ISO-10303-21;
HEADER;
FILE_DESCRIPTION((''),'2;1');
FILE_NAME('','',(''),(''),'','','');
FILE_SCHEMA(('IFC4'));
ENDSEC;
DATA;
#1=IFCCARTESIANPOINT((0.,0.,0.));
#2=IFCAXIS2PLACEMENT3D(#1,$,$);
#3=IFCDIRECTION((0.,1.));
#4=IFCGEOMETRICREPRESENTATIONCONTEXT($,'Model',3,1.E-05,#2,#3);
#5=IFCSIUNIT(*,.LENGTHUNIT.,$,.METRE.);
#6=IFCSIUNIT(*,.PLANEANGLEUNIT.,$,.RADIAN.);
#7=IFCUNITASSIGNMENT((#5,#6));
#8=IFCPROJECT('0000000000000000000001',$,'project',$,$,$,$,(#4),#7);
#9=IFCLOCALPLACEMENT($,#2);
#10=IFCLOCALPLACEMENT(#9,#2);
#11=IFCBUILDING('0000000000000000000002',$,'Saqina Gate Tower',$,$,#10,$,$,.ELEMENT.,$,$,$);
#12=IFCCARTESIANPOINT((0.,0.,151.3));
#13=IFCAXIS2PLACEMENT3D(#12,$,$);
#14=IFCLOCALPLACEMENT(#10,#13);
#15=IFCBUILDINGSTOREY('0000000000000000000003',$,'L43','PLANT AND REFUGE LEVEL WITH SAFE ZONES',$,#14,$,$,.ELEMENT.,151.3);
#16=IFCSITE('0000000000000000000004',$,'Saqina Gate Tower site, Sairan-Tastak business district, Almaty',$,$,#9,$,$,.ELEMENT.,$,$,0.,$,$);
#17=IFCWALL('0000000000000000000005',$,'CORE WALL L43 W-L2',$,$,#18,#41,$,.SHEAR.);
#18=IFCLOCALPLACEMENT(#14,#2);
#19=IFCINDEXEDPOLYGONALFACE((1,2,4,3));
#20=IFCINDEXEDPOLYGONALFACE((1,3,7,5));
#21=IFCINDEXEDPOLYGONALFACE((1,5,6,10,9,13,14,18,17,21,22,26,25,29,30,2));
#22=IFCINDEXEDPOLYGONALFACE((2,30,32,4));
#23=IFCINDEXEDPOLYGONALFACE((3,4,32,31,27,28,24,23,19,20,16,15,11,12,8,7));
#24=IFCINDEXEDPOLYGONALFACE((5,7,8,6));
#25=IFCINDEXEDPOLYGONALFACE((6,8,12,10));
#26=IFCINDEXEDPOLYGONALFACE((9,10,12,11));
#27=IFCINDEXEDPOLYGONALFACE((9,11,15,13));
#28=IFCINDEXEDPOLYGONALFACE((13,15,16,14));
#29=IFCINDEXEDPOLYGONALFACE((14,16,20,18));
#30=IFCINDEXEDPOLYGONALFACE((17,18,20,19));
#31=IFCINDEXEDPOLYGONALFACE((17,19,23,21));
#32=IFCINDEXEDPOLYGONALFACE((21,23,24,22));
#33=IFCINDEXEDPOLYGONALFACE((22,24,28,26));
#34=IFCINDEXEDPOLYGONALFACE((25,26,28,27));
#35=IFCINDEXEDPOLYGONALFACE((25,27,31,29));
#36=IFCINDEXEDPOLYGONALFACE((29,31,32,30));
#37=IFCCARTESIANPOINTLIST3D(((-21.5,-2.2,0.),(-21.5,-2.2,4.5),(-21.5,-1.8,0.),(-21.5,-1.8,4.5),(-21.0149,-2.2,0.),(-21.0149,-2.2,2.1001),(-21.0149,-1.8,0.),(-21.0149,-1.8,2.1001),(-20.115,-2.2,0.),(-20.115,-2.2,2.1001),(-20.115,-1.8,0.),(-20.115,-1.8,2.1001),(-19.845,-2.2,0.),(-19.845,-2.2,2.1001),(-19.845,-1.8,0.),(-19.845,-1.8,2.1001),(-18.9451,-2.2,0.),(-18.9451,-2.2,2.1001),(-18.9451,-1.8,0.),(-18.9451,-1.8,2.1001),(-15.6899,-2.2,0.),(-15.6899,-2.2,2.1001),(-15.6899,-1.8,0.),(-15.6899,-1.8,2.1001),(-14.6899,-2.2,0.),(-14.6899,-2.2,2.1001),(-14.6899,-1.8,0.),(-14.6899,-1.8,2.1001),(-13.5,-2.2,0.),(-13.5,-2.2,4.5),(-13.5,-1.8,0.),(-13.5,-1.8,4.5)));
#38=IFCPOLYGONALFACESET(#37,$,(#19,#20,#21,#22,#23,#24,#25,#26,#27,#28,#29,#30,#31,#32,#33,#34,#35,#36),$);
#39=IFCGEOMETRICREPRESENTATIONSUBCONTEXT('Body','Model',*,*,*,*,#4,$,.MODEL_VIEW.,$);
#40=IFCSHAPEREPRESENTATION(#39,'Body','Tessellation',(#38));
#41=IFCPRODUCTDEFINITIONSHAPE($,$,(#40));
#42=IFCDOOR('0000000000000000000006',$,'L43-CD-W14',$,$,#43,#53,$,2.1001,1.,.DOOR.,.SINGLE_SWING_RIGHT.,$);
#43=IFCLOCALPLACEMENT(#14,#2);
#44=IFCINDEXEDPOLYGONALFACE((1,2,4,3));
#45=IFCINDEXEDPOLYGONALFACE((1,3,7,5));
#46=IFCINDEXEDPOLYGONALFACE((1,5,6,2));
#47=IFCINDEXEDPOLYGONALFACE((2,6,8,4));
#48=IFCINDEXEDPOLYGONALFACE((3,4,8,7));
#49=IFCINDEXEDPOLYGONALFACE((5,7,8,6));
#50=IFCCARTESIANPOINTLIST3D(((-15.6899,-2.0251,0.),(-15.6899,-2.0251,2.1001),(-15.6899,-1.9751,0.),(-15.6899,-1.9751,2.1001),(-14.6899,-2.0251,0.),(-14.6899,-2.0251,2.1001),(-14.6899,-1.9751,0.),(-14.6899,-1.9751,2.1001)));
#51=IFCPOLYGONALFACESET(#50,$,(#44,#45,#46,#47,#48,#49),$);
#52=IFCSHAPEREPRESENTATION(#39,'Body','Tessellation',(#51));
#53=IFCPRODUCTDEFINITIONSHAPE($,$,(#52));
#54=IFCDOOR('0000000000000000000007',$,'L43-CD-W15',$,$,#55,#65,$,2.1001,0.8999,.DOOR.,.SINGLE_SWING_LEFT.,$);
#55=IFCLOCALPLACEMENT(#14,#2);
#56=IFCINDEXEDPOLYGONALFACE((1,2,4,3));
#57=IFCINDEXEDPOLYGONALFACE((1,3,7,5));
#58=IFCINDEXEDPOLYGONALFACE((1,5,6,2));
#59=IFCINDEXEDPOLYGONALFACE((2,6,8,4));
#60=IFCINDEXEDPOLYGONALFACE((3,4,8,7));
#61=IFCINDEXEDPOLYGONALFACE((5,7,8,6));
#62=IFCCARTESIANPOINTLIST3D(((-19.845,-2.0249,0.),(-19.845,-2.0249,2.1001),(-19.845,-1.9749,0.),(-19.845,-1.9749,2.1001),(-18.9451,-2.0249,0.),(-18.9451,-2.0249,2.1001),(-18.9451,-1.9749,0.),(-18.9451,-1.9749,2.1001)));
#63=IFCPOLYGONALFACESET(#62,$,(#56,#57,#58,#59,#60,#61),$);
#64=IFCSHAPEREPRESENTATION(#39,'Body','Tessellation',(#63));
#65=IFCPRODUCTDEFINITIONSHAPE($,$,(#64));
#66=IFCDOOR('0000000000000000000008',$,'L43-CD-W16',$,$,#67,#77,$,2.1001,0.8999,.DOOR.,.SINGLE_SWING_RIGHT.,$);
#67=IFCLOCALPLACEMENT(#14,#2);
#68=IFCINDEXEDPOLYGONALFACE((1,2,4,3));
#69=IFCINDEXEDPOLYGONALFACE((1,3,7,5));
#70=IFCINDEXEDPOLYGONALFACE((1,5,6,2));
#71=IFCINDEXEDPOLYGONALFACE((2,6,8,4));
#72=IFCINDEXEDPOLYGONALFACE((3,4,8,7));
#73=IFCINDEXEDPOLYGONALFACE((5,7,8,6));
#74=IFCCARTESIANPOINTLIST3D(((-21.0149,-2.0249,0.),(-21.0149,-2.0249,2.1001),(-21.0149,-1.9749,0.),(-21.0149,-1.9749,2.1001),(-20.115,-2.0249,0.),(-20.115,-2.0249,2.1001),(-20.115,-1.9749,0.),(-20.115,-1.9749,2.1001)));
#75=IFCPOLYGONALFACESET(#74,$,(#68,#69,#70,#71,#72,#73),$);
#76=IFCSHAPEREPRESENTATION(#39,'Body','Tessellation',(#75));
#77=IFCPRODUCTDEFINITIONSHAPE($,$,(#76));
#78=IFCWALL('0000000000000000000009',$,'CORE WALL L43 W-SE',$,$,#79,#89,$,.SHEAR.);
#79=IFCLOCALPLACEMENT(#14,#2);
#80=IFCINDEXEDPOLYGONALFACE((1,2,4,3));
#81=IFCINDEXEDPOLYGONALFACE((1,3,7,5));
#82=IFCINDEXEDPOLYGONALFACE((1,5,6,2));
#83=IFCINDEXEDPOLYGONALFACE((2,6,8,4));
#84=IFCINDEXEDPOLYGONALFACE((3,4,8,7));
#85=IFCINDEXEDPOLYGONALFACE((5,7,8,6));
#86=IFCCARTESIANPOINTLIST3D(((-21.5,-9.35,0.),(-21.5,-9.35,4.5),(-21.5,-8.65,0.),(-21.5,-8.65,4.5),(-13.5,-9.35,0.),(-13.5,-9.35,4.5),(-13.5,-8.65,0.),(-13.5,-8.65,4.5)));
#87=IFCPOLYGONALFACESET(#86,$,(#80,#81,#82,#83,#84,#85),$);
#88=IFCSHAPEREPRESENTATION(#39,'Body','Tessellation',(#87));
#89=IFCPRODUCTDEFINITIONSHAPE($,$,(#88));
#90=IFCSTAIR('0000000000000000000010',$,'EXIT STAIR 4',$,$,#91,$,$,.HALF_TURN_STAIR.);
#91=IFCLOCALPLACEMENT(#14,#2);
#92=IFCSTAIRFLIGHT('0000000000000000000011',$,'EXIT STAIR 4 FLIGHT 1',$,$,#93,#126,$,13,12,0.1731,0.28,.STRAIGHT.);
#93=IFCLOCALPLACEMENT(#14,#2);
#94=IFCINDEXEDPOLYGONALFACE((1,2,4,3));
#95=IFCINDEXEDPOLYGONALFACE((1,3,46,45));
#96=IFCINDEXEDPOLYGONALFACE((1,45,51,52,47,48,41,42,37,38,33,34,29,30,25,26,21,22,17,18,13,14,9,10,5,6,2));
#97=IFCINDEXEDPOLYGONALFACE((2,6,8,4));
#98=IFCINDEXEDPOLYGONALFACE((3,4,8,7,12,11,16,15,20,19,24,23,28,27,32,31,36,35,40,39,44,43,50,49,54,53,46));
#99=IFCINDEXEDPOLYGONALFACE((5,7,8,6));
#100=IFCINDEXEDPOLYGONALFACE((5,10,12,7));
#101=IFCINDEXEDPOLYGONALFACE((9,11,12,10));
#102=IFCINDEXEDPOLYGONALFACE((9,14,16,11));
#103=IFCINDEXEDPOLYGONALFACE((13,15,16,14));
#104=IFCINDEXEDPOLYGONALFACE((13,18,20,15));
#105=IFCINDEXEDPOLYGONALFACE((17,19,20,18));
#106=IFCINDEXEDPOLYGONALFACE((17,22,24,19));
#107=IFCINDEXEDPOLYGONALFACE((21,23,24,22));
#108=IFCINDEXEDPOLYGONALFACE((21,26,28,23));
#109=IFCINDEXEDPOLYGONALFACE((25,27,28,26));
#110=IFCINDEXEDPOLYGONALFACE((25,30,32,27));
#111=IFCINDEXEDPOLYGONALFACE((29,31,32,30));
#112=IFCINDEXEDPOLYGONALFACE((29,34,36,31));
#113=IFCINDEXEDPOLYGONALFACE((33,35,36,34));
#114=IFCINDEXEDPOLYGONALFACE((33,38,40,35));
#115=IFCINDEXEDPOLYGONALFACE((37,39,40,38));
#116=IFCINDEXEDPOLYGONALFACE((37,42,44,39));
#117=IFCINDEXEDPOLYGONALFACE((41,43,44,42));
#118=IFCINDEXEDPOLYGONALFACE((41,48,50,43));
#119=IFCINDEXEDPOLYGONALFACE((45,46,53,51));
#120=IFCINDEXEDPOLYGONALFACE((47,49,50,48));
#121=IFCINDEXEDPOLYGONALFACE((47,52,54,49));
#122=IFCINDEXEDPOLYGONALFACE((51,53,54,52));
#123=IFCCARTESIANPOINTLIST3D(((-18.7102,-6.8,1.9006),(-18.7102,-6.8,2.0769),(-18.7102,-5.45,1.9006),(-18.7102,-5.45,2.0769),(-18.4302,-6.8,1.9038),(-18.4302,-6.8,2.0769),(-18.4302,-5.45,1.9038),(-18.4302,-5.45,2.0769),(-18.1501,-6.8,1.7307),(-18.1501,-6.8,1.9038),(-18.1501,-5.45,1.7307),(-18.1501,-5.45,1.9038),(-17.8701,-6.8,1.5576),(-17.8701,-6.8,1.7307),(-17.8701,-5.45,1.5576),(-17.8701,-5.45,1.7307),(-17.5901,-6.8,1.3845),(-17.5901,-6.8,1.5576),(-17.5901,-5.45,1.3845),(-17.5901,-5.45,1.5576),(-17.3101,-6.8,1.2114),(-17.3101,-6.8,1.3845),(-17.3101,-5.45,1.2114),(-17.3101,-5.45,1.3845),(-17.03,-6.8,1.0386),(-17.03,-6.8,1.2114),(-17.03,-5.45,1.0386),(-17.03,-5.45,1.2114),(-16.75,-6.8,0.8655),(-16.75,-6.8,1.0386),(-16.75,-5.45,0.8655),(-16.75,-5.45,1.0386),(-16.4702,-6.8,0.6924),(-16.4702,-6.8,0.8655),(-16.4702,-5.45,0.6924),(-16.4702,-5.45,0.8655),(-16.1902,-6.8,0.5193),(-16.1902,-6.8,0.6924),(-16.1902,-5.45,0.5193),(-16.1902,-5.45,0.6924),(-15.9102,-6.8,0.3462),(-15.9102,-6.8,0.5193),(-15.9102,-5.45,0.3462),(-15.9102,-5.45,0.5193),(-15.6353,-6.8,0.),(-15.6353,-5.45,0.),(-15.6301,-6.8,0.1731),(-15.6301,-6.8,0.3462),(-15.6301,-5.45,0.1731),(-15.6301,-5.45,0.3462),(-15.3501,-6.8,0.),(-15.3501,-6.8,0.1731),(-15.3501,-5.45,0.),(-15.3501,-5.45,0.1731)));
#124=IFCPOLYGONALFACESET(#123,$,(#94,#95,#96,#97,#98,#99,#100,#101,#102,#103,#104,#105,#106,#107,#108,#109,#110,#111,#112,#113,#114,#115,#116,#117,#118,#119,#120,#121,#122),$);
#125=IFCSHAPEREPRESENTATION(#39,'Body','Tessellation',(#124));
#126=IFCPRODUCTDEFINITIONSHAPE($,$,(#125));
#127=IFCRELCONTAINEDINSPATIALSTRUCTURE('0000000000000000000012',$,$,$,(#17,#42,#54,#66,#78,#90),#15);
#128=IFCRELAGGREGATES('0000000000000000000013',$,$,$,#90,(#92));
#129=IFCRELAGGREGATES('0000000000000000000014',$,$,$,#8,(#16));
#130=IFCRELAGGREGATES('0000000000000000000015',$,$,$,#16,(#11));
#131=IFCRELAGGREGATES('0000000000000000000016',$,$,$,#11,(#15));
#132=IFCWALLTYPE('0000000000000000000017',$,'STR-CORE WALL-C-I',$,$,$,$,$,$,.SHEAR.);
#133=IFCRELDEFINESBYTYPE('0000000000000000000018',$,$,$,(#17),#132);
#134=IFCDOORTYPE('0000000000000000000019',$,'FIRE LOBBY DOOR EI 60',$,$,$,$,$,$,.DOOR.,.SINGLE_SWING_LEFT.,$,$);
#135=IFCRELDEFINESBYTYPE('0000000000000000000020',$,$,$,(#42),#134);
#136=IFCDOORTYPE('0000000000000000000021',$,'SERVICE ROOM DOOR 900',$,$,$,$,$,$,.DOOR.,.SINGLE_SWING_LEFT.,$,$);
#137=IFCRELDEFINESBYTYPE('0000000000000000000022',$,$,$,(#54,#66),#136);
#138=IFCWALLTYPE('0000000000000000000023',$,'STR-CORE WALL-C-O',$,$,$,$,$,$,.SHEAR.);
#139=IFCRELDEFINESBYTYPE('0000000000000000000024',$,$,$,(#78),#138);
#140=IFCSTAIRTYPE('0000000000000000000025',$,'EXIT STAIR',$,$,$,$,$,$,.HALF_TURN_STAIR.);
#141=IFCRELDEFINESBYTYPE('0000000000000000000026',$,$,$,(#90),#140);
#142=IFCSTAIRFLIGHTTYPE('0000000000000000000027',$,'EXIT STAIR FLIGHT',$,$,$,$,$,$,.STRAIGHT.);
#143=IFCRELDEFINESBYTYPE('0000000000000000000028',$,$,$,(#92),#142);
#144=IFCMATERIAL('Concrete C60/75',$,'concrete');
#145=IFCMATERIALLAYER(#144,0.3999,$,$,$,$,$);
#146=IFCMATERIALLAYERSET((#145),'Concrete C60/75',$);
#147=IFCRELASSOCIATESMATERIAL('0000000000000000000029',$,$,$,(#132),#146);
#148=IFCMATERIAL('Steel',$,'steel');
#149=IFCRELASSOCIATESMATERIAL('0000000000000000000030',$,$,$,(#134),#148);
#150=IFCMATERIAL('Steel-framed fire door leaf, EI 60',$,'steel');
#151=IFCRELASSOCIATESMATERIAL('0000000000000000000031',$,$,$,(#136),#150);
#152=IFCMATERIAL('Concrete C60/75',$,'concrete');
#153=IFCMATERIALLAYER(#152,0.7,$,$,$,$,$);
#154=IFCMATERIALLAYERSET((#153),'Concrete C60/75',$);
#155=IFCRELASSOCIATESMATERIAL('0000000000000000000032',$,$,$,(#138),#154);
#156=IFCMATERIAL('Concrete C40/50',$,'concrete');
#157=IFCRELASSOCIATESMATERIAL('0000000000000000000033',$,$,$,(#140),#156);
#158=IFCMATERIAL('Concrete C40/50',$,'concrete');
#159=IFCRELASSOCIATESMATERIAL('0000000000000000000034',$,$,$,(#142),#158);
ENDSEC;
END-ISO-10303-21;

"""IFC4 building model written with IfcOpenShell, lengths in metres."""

from ifc_helpers import new_model, si_unit, direction, frame, frame_2d, origin, place, context, subcontext, project, spatial, polyline, rectangle, outline, extrude, material, layer, layer_set, type_object, element, fill, aggregate, save


model = new_model("IFC4")

# Units and contexts
model_context = context("Model", 3, precision=1e-05, world=origin(), true_north=direction((0.0, 1.0)))
body_context = subcontext(model_context, "Body", "Model", "MODEL_VIEW")
ifc_project = project(units=[si_unit("LENGTHUNIT", "METRE"), si_unit("PLANEANGLEUNIT", "RADIAN")], contexts=[model_context])

# Site, building, storey
site_placement = place(None, origin())
site = spatial("IfcSite", under=ifc_project, at=site_placement, Name="Saqina Gate Tower site, Sairan-Tastak business district, Almaty", CompositionType="ELEMENT", RefElevation=0.0)
building_placement = place(site_placement, origin())
building = spatial("IfcBuilding", under=site, at=building_placement, Name="Saqina Gate Tower", CompositionType="ELEMENT")
storey_placement = place(building_placement, frame((0.0, 0.0, 151.3)))
storey = spatial("IfcBuildingStorey", under=building, at=storey_placement, Name="L43", Description="PLANT AND REFUGE LEVEL WITH SAFE ZONES", CompositionType="ELEMENT", Elevation=151.3)

# Shared definitions
ifc_material_1 = material(Name="Concrete C60/75", Category="concrete")
ifc_layer_1 = layer(ifc_material_1, 0.3999)
ifc_layer_set_1 = layer_set([ifc_layer_1], Name="Concrete C60/75")
wall_type_1 = type_object("IfcWallType", Name="STR-CORE WALL-C-I", PredefinedType="SHEAR", material=ifc_layer_set_1)

# Wall, openings, doors
wall_1_placement = place(storey_placement, frame((-13.5, -2.0, 0.0), z_axis=(0.0, 0.0, 1.0), x_axis=(-1.0, 0.0, 0.0)))
wall_1 = element("IfcWall", 1, at=wall_1_placement, inside=storey, type_object=wall_type_1, Name="CORE WALL L43 W-L2", PredefinedType="SHEAR", context=body_context, shape_type="SweptSolid", body=[
    extrude(rectangle(XDim=8.0, YDim=0.3999, at=frame_2d((4.0, 0.0))), origin(), (0.0, 0.0, 1.0), 4.5),
])
opening_1_placement = place(wall_1_placement, frame((1.1899, 0.0, 0.0)))
opening_1 = element("IfcOpeningElement", 2, at=opening_1_placement, cuts=wall_1, PredefinedType="OPENING", context=body_context, shape_type="SweptSolid", body=[
    extrude(rectangle(XDim=1.0, YDim=2.1001, at=frame_2d((0.5, 1.05))), frame((0.0, 0.2119, 0.0), z_axis=(0.0, -1.0, 0.0), x_axis=(1.0, 0.0, 0.0)), (0.0, 0.0, 1.0), 0.4238),
])
opening_2_placement = place(wall_1_placement, frame((5.4451, 0.0, 0.0)))
opening_2 = element("IfcOpeningElement", 3, at=opening_2_placement, cuts=wall_1, PredefinedType="OPENING", context=body_context, shape_type="SweptSolid", body=[
    extrude(rectangle(XDim=0.8999, YDim=2.1001, at=frame_2d((0.45, 1.05))), frame((0.0, 0.2119, 0.0), z_axis=(0.0, -1.0, 0.0), x_axis=(1.0, 0.0, 0.0)), (0.0, 0.0, 1.0), 0.4238),
])
opening_3_placement = place(wall_1_placement, frame((6.615, 0.0, 0.0)))
opening_3 = element("IfcOpeningElement", 4, at=opening_3_placement, cuts=wall_1, PredefinedType="OPENING", context=body_context, shape_type="SweptSolid", body=[
    extrude(rectangle(XDim=0.8999, YDim=2.1001, at=frame_2d((0.45, 1.05))), frame((0.0, 0.2119, 0.0), z_axis=(0.0, -1.0, 0.0), x_axis=(1.0, 0.0, 0.0)), (0.0, 0.0, 1.0), 0.4238),
])
ifc_material_2 = material(Name="Steel", Category="steel")
door_type_1 = type_object("IfcDoorType", Name="FIRE LOBBY DOOR EI 60", OperationType="SINGLE_SWING_LEFT", PredefinedType="DOOR", material=ifc_material_2)
door_1_placement = place(opening_1_placement, frame((1.0, 0.0, 0.0), z_axis=(0.0, 0.0, 1.0), x_axis=(-1.0, 0.0, 0.0)))
door_1 = element("IfcDoor", 5, at=door_1_placement, inside=storey, type_object=door_type_1, Name="L43-CD-W14", OperationType="SINGLE_SWING_RIGHT", OverallHeight=2.1001, OverallWidth=1.0, PredefinedType="DOOR", context=body_context, shape_type="SweptSolid", body=[
    extrude(rectangle(XDim=1.0, YDim=2.1001, at=frame_2d((0.5, 1.05))), frame((0.0, 0.0249, 0.0), z_axis=(0.0, -1.0, 0.0), x_axis=(1.0, 0.0, 0.0)), (0.0, 0.0, 1.0), 0.05),
])
fill(opening_1, door_1)
ifc_material_3 = material(Name="Steel-framed fire door leaf, EI 60", Category="steel")
door_type_2 = type_object("IfcDoorType", Name="SERVICE ROOM DOOR 900", OperationType="SINGLE_SWING_LEFT", PredefinedType="DOOR", material=ifc_material_3)
door_2_placement = place(opening_2_placement, origin())
door_2 = element("IfcDoor", 6, at=door_2_placement, inside=storey, type_object=door_type_2, Name="L43-CD-W15", OperationType="SINGLE_SWING_LEFT", OverallHeight=2.1001, OverallWidth=0.8999, PredefinedType="DOOR", context=body_context, shape_type="SweptSolid", body=[
    extrude(rectangle(XDim=0.8999, YDim=2.1001, at=frame_2d((0.45, 1.05))), frame((0.0, 0.0249, 0.0), z_axis=(0.0, -1.0, 0.0), x_axis=(1.0, 0.0, 0.0)), (0.0, 0.0, 1.0), 0.05),
])
fill(opening_2, door_2)
door_3_placement = place(opening_3_placement, origin())
door_3 = element("IfcDoor", 7, at=door_3_placement, inside=storey, type_object=door_type_2, Name="L43-CD-W16", OperationType="SINGLE_SWING_RIGHT", OverallHeight=2.1001, OverallWidth=0.8999, PredefinedType="DOOR", context=body_context, shape_type="SweptSolid", body=[
    extrude(rectangle(XDim=0.8999, YDim=2.1001, at=frame_2d((0.45, 1.05))), frame((0.0, 0.0249, 0.0), z_axis=(0.0, -1.0, 0.0), x_axis=(1.0, 0.0, 0.0)), (0.0, 0.0, 1.0), 0.05),
])
fill(opening_3, door_3)
ifc_material_4 = material(Name="Concrete C60/75", Category="concrete")
ifc_layer_2 = layer(ifc_material_4, 0.7)
ifc_layer_set_2 = layer_set([ifc_layer_2], Name="Concrete C60/75")
wall_type_2 = type_object("IfcWallType", Name="STR-CORE WALL-C-O", PredefinedType="SHEAR", material=ifc_layer_set_2)

# Wall
wall_2_placement = place(storey_placement, frame((-13.5, -9.0, 0.0), z_axis=(0.0, 0.0, 1.0), x_axis=(-1.0, 0.0, 0.0)))
element("IfcWall", 8, at=wall_2_placement, inside=storey, type_object=wall_type_2, Name="CORE WALL L43 W-SE", PredefinedType="SHEAR", context=body_context, shape_type="SweptSolid", body=[
    extrude(rectangle(XDim=8.0, YDim=0.7, at=frame_2d((4.0, 0.0))), origin(), (0.0, 0.0, 1.0), 4.5),
])

# Stair, stair flight
ifc_material_5 = material(Name="Concrete C40/50", Category="concrete")
stair_type = type_object("IfcStairType", Name="EXIT STAIR", PredefinedType="HALF_TURN_STAIR", material=ifc_material_5)
stair_placement = place(storey_placement, origin())
stair = element("IfcStair", 9, at=stair_placement, inside=storey, type_object=stair_type, Name="EXIT STAIR 4", PredefinedType="HALF_TURN_STAIR")
ifc_material_6 = material(Name="Concrete C40/50", Category="concrete")
stair_flight_type = type_object("IfcStairFlightType", Name="EXIT STAIR FLIGHT", PredefinedType="STRAIGHT", material=ifc_material_6)
stair_flight_placement = place(storey_placement, frame((-15.3501, -6.125, 0.0), z_axis=(0.0, 0.0, 1.0), x_axis=(-1.0, 0.0, 0.0)))
stair_flight = element("IfcStairFlight", 10, at=stair_flight_placement, type_object=stair_flight_type, Name="EXIT STAIR 4 FLIGHT 1", NumberOfRisers=13, NumberOfTreads=12, PredefinedType="STRAIGHT", RiserHeight=0.1731, TreadLength=0.28, context=body_context, shape_type="SweptSolid", body=[
    extrude(outline(polyline([(0.0, 0.0), (0.0, 0.1731), (0.28, 0.1731), (0.28, 0.3462), (0.5601, 0.3462), (0.5601, 0.5193), (0.8401, 0.5193), (0.8401, 0.6924), (1.1201, 0.6924), (1.1201, 0.8655), (1.3999, 0.8655), (1.3999, 1.0386), (1.6799, 1.0386), (1.6799, 1.2114), (1.96, 1.2114), (1.96, 1.3845), (2.24, 1.3845), (2.24, 1.5576), (2.52, 1.5576), (2.52, 1.7307), (2.8, 1.7307), (2.8, 1.9038), (3.0801, 1.9038), (3.0801, 2.0769), (3.3601, 2.0769), (3.3601, 2.25), (3.3601, 1.9006), (0.2852, 0.0), (0.0, 0.0)])), frame((0.0, 0.675, 0.0), z_axis=(0.0, -1.0, 0.0), x_axis=(1.0, 0.0, 0.0)), (0.0, 0.0, 1.0), 1.3501),
])
aggregate(stair, [stair_flight])

save(model, "model.ifc")
